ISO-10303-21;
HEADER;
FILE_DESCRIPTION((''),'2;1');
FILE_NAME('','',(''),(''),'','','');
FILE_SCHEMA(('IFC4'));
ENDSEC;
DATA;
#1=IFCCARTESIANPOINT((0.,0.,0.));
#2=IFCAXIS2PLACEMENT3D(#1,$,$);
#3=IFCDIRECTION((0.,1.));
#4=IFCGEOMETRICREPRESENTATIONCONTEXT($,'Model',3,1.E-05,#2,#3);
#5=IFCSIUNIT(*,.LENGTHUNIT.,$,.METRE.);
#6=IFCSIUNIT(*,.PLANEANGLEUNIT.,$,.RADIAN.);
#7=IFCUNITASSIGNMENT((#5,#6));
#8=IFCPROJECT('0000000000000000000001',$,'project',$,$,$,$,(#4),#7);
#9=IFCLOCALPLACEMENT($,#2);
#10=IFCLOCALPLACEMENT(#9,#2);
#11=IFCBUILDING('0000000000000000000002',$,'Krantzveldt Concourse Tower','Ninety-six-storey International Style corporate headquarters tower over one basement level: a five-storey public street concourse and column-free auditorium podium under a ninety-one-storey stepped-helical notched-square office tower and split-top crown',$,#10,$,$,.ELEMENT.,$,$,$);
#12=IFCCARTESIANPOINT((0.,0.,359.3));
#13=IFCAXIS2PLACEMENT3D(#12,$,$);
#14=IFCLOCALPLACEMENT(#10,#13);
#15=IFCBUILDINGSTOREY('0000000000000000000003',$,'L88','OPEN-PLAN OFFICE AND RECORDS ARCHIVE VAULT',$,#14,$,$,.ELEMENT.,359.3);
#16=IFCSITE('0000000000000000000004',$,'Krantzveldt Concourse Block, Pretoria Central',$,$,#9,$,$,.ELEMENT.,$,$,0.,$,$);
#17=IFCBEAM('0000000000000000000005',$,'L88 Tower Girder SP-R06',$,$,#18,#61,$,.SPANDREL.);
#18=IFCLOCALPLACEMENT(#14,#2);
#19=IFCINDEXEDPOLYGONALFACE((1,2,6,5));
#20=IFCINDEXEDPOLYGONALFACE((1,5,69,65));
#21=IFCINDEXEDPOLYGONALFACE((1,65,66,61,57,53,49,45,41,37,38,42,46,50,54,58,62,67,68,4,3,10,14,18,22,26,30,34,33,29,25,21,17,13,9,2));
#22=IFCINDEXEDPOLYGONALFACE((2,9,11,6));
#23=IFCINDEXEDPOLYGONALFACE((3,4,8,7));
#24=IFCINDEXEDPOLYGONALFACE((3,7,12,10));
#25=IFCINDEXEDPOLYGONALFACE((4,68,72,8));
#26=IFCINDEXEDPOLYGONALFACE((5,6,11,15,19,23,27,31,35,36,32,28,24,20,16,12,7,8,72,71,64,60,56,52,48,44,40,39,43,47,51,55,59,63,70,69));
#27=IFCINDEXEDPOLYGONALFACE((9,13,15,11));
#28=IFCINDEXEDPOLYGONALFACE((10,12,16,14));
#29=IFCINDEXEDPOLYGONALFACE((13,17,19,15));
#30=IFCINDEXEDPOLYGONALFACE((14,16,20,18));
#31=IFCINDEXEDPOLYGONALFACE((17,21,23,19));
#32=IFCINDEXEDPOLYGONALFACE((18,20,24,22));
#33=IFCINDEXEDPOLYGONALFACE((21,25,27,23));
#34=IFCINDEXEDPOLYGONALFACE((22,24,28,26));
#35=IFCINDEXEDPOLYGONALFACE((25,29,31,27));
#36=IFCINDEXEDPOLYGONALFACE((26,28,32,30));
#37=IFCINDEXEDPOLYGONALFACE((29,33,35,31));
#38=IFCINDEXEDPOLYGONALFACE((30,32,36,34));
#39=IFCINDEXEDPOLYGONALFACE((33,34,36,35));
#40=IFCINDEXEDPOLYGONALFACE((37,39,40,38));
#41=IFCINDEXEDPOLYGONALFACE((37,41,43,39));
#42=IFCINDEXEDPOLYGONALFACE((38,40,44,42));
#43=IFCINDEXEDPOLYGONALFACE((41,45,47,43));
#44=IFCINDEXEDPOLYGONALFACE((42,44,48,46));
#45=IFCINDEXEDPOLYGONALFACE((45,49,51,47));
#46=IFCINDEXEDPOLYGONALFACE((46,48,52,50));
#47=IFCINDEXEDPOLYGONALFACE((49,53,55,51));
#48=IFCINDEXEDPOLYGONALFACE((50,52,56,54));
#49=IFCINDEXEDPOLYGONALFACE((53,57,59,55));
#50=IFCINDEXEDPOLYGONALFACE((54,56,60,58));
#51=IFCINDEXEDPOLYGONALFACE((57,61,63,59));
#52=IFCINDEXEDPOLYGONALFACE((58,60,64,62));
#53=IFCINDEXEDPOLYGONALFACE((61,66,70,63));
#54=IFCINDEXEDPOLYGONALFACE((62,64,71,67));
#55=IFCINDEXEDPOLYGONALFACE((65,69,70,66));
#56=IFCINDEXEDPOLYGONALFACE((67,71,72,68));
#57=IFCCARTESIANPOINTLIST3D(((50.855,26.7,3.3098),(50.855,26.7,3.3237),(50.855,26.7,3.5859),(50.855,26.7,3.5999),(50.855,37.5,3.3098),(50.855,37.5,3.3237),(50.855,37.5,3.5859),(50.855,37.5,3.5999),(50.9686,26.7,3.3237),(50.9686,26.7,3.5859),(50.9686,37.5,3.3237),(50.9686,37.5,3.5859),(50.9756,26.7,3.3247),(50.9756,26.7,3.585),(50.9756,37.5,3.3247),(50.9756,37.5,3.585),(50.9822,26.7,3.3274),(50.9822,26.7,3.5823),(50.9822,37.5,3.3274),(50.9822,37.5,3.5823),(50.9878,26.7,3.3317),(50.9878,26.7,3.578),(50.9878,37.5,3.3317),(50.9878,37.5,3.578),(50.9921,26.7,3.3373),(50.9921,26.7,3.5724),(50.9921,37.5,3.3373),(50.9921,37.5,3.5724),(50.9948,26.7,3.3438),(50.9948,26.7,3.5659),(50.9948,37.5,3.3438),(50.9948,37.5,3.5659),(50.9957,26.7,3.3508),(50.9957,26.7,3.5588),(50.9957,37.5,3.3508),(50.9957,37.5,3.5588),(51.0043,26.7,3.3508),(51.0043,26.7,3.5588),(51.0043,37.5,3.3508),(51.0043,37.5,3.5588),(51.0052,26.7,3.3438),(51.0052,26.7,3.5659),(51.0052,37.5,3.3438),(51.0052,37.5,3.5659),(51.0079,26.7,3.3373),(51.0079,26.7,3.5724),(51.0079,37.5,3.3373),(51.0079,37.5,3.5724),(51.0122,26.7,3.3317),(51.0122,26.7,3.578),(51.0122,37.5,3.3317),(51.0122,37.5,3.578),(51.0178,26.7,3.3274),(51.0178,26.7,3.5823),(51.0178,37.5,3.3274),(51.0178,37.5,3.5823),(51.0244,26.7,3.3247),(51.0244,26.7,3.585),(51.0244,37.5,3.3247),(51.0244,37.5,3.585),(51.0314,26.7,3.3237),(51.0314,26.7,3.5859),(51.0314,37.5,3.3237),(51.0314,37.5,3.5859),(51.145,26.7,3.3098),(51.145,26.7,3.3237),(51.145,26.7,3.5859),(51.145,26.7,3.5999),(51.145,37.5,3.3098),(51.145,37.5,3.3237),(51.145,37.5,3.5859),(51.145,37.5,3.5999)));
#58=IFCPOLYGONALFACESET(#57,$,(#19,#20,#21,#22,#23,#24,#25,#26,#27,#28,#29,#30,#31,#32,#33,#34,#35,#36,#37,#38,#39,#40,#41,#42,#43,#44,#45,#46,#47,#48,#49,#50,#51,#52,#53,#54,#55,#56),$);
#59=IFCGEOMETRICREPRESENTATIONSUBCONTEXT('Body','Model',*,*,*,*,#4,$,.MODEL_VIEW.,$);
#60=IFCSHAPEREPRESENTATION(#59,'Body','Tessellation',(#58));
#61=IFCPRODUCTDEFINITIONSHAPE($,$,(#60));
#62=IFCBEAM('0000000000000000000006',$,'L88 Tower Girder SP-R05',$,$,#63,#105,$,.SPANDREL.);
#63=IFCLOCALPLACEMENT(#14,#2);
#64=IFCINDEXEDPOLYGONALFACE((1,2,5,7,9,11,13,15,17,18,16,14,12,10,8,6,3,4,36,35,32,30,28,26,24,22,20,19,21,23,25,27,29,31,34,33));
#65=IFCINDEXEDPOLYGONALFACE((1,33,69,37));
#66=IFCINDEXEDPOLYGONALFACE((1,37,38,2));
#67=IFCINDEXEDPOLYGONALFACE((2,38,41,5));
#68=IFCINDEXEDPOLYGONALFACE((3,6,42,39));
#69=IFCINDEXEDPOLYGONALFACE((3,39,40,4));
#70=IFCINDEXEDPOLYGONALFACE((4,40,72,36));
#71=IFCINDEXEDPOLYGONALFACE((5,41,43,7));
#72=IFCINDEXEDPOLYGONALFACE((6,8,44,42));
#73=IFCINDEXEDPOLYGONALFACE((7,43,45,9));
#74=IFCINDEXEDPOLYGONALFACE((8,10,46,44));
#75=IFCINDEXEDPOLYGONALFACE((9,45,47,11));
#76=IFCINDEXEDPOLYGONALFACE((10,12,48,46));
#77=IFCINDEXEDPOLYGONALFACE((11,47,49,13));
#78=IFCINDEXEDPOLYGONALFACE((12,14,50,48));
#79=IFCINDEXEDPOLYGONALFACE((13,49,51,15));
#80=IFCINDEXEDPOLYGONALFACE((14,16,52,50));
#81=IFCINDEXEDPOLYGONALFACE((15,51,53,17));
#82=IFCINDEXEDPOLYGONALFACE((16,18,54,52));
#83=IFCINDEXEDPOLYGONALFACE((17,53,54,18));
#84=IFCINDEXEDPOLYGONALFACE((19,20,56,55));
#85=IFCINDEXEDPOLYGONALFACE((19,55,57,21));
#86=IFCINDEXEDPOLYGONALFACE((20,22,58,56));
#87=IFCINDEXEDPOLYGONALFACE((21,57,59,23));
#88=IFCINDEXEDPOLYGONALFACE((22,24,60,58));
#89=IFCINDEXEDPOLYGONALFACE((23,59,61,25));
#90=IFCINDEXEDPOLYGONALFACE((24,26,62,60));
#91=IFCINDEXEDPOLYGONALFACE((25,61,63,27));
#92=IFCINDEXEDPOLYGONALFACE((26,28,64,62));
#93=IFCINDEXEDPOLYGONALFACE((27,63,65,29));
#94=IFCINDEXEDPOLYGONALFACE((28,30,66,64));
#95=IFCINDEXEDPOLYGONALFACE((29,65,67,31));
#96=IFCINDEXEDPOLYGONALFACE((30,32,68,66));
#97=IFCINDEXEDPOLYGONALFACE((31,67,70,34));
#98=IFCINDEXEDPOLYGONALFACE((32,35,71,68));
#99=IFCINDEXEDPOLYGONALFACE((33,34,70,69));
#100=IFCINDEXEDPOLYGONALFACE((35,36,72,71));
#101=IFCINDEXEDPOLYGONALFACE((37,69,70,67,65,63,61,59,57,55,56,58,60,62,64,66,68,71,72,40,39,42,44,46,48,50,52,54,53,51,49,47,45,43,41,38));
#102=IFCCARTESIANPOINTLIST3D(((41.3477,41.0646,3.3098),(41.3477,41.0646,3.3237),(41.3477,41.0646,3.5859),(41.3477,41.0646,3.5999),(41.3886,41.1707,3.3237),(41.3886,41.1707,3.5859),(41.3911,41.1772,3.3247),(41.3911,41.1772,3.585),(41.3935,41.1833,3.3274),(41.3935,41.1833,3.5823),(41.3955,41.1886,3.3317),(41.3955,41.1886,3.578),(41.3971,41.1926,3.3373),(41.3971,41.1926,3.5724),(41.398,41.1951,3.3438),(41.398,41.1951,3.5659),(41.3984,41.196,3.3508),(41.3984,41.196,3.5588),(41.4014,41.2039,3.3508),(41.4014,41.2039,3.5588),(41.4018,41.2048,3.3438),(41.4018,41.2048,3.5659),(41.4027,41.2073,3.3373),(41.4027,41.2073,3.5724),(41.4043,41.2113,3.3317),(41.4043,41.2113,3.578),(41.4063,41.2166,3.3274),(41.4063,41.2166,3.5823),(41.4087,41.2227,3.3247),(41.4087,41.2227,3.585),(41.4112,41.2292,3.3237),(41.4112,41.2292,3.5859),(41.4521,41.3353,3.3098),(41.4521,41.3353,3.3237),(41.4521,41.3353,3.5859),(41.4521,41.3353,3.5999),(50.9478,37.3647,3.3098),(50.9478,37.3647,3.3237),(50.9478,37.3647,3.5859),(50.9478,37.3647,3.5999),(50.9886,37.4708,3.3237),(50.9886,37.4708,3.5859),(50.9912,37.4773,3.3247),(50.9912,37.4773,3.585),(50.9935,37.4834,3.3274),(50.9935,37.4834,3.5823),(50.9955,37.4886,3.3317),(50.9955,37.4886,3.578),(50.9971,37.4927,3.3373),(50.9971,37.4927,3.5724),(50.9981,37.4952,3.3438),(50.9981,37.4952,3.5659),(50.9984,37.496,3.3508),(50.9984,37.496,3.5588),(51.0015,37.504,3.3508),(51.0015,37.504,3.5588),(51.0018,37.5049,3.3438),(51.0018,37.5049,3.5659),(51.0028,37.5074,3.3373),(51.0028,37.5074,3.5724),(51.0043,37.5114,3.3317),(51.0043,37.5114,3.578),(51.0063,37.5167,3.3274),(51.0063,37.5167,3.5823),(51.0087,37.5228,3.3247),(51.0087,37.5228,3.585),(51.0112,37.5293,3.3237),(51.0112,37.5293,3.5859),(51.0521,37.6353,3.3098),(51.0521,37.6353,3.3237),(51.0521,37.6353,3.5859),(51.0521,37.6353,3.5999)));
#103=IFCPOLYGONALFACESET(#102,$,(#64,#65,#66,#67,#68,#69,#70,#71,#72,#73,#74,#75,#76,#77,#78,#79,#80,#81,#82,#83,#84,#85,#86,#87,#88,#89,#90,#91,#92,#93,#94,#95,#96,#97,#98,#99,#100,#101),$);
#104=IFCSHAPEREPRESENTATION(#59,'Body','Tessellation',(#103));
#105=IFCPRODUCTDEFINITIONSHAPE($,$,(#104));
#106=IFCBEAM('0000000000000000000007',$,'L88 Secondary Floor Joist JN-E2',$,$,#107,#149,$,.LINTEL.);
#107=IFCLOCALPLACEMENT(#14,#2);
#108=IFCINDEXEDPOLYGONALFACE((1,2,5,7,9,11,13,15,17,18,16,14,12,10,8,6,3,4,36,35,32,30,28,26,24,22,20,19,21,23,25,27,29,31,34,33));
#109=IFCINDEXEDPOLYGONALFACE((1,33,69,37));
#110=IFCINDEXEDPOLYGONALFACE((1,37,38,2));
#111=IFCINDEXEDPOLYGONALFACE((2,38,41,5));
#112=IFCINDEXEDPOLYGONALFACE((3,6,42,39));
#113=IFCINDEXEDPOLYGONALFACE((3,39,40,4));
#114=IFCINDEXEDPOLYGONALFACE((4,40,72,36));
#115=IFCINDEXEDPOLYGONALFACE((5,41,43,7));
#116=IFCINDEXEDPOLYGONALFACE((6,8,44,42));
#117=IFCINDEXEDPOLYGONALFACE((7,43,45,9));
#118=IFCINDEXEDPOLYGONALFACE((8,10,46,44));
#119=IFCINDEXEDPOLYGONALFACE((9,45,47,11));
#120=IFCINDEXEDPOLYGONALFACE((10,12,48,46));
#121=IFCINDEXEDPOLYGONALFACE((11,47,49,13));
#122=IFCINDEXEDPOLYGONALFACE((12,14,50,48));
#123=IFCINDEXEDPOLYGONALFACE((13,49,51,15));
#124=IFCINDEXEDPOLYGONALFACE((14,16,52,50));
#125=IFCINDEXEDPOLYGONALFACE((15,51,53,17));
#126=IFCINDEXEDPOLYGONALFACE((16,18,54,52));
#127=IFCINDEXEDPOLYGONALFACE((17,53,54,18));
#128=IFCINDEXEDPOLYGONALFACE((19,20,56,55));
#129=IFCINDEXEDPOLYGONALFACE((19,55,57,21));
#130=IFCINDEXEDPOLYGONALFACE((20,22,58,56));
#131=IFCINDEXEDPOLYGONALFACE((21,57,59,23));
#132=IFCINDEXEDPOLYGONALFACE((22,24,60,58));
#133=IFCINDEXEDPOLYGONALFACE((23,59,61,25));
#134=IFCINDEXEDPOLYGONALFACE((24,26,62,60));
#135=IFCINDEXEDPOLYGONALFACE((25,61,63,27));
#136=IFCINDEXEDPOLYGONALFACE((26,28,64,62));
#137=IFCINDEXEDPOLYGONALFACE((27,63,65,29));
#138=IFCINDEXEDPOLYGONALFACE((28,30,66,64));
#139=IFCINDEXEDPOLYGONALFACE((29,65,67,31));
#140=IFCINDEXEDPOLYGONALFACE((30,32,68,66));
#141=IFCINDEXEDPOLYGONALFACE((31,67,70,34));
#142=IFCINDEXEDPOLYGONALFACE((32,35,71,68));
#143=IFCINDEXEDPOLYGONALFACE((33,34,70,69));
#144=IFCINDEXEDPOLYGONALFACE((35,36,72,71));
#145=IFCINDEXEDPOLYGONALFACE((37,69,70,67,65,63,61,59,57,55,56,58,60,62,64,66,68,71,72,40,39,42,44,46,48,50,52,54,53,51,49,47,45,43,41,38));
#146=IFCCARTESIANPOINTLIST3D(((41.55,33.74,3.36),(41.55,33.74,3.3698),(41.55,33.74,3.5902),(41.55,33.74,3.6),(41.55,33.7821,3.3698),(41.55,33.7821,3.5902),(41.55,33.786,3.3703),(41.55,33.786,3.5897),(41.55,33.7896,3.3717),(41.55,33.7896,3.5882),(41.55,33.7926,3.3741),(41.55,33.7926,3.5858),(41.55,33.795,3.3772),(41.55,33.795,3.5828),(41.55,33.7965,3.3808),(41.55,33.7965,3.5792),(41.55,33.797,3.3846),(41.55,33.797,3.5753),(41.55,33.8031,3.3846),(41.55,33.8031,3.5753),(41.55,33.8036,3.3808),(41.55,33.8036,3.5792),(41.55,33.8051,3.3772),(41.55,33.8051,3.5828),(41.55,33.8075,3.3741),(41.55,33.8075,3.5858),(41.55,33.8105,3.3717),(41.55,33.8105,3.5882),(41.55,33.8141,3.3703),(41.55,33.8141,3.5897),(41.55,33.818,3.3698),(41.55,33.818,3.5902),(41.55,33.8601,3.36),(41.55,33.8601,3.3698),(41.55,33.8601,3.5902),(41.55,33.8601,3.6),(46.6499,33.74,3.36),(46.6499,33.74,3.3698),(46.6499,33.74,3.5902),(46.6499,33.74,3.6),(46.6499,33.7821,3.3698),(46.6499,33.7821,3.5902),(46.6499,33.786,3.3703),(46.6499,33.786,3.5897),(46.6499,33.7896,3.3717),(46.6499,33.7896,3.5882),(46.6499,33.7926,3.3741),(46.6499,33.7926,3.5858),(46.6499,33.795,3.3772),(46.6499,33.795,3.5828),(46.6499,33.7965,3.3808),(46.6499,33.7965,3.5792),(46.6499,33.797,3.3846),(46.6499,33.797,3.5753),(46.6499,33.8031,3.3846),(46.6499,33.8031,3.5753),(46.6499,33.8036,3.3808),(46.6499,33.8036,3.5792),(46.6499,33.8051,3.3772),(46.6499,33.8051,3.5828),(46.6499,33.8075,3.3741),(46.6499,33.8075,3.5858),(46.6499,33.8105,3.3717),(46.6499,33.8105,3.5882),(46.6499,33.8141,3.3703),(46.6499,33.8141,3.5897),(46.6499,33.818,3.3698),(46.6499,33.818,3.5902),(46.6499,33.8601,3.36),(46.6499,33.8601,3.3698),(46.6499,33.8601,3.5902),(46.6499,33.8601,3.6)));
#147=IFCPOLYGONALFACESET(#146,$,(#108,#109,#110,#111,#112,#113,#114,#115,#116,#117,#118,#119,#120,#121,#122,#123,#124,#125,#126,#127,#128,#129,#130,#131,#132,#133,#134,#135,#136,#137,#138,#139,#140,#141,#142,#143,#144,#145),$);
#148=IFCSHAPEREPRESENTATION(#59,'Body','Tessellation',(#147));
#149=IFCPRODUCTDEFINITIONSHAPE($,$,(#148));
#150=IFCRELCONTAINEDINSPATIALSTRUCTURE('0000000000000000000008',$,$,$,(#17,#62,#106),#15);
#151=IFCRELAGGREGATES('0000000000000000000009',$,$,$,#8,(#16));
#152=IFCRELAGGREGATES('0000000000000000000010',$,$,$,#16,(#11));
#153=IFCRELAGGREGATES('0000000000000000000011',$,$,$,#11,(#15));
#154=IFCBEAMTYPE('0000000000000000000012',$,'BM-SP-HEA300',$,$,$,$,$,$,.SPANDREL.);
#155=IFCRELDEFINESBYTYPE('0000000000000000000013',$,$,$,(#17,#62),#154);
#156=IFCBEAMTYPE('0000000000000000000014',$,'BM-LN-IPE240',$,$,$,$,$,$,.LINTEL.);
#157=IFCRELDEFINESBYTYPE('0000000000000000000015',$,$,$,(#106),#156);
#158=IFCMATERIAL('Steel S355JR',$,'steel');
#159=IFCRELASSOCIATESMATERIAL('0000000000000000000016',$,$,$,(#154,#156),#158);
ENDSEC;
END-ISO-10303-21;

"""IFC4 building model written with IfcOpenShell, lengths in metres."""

from ifc_helpers import new_model, si_unit, direction, frame, origin, origin_2d, place, context, subcontext, project, spatial, i_section, extrude, source, transform, mapped, material, material_profile, profile_set, type_object, type_shapes, element, save


model = new_model("IFC4")

# Units and contexts
model_context = context("Model", 3, precision=1e-05, world=origin(), true_north=direction((0.0, 1.0)))
body_context = subcontext(model_context, "Body", "Model", "MODEL_VIEW")
ifc_project = project(units=[si_unit("LENGTHUNIT", "METRE"), si_unit("PLANEANGLEUNIT", "RADIAN")], contexts=[model_context])

# Site, building, storey
site_placement = place(None, origin())
site = spatial("IfcSite", under=ifc_project, at=site_placement, Name="Krantzveldt Concourse Block, Pretoria Central", CompositionType="ELEMENT", RefElevation=0.0)
building_placement = place(site_placement, origin())
building = spatial("IfcBuilding", under=site, at=building_placement, Name="Krantzveldt Concourse Tower", Description="Ninety-six-storey International Style corporate headquarters tower over one basement level: a five-storey public street concourse and column-free auditorium podium under a ninety-one-storey stepped-helical notched-square office tower and split-top crown", CompositionType="ELEMENT")
storey_placement = place(building_placement, frame((0.0, 0.0, 359.3)))
storey = spatial("IfcBuildingStorey", under=building, at=storey_placement, Name="L88", Description="OPEN-PLAN OFFICE AND RECORDS ARCHIVE VAULT", CompositionType="ELEMENT", Elevation=359.3)

# Beams
ifc_material_1 = material(Name="Steel S355JR", Category="steel")
ifc_material_profile_1 = material_profile(ifc_material_1, i_section(OverallWidth=0.29, OverallDepth=0.29, WebThickness=0.0085, FlangeThickness=0.0139, FilletRadius=0.0271, at=origin_2d()), Name="Steel S355JR", Category="steel")
ifc_profile_set_1 = profile_set([ifc_material_profile_1], Name="Steel S355JR - HEA 300")
beam_type_1 = type_object("IfcBeamType", Name="BM-SP-HEA300", PredefinedType="SPANDREL", material=ifc_profile_set_1)
shared_shape_1 = source(origin(), body_context, "Body", "SweptSolid", [
    extrude(i_section(OverallWidth=0.29, OverallDepth=0.29, WebThickness=0.0085, FlangeThickness=0.0139, FilletRadius=0.0271, at=origin_2d()), origin(), (0.0, 0.0, 1.0), 10.8),
])
beam_1_placement = place(storey_placement, frame((51.0, 37.5, 3.4548), z_axis=(0.0, -1.0, 0.0), x_axis=(1.0, 0.0, 0.0)))
element("IfcBeam", 1, at=beam_1_placement, inside=storey, type_object=beam_type_1, Name="L88 Tower Girder SP-R06", PredefinedType="SPANDREL", context=body_context, shape_type="MappedRepresentation", body=[
    mapped(shared_shape_1, transform((0.0, 0.0, 0.0), x_axis=(1.0, 0.0, 0.0), y_axis=(0.0, 1.0, 0.0), z_axis=(0.0, 0.0, 1.0), scale=1.0)),
])
shared_shape_2 = source(origin(), body_context, "Body", "SweptSolid", [
    extrude(i_section(OverallWidth=0.29, OverallDepth=0.29, WebThickness=0.0085, FlangeThickness=0.0139, FilletRadius=0.0271, at=origin_2d()), origin(), (0.0, 0.0, 1.0), 10.2883),
])
type_shapes(beam_type_1, [shared_shape_1, shared_shape_2])
beam_2_placement = place(storey_placement, frame((41.3999, 41.2, 3.4548), z_axis=(0.933098, -0.359623, 0.0), x_axis=(0.359623, 0.933098, 0.0)))
element("IfcBeam", 2, at=beam_2_placement, inside=storey, type_object=beam_type_1, Name="L88 Tower Girder SP-R05", PredefinedType="SPANDREL", context=body_context, shape_type="MappedRepresentation", body=[
    mapped(shared_shape_2, transform((0.0, 0.0, 0.0), x_axis=(1.0, 0.0, 0.0), y_axis=(0.0, 1.0, 0.0), z_axis=(0.0, 0.0, 1.0), scale=1.0)),
])
ifc_material_profile_2 = material_profile(ifc_material_1, i_section(OverallWidth=0.1201, OverallDepth=0.24, WebThickness=0.0061, FlangeThickness=0.0098, FilletRadius=0.0149, at=origin_2d()), Name="Steel S355JR", Category="steel")
ifc_profile_set_2 = profile_set([ifc_material_profile_2], Name="Steel S355JR - IPE 240")
beam_type_2 = type_object("IfcBeamType", Name="BM-LN-IPE240", PredefinedType="LINTEL", material=ifc_profile_set_2)
shared_shape_3 = source(origin(), body_context, "Body", "SweptSolid", [
    extrude(i_section(OverallWidth=0.1201, OverallDepth=0.24, WebThickness=0.0061, FlangeThickness=0.0098, FilletRadius=0.0149, at=origin_2d()), origin(), (0.0, 0.0, 1.0), 5.0999),
])
type_shapes(beam_type_2, [shared_shape_3])
beam_3_placement = place(storey_placement, frame((41.55, 33.8, 3.48), z_axis=(1.0, 0.0, 0.0), x_axis=(0.0, 1.0, 0.0)))
element("IfcBeam", 3, at=beam_3_placement, inside=storey, type_object=beam_type_2, Name="L88 Secondary Floor Joist JN-E2", PredefinedType="LINTEL", context=body_context, shape_type="MappedRepresentation", body=[
    mapped(shared_shape_3, transform((0.0, 0.0, 0.0), x_axis=(1.0, 0.0, 0.0), y_axis=(0.0, 1.0, 0.0), z_axis=(0.0, 0.0, 1.0), scale=1.0)),
])

save(model, "model.ifc")
